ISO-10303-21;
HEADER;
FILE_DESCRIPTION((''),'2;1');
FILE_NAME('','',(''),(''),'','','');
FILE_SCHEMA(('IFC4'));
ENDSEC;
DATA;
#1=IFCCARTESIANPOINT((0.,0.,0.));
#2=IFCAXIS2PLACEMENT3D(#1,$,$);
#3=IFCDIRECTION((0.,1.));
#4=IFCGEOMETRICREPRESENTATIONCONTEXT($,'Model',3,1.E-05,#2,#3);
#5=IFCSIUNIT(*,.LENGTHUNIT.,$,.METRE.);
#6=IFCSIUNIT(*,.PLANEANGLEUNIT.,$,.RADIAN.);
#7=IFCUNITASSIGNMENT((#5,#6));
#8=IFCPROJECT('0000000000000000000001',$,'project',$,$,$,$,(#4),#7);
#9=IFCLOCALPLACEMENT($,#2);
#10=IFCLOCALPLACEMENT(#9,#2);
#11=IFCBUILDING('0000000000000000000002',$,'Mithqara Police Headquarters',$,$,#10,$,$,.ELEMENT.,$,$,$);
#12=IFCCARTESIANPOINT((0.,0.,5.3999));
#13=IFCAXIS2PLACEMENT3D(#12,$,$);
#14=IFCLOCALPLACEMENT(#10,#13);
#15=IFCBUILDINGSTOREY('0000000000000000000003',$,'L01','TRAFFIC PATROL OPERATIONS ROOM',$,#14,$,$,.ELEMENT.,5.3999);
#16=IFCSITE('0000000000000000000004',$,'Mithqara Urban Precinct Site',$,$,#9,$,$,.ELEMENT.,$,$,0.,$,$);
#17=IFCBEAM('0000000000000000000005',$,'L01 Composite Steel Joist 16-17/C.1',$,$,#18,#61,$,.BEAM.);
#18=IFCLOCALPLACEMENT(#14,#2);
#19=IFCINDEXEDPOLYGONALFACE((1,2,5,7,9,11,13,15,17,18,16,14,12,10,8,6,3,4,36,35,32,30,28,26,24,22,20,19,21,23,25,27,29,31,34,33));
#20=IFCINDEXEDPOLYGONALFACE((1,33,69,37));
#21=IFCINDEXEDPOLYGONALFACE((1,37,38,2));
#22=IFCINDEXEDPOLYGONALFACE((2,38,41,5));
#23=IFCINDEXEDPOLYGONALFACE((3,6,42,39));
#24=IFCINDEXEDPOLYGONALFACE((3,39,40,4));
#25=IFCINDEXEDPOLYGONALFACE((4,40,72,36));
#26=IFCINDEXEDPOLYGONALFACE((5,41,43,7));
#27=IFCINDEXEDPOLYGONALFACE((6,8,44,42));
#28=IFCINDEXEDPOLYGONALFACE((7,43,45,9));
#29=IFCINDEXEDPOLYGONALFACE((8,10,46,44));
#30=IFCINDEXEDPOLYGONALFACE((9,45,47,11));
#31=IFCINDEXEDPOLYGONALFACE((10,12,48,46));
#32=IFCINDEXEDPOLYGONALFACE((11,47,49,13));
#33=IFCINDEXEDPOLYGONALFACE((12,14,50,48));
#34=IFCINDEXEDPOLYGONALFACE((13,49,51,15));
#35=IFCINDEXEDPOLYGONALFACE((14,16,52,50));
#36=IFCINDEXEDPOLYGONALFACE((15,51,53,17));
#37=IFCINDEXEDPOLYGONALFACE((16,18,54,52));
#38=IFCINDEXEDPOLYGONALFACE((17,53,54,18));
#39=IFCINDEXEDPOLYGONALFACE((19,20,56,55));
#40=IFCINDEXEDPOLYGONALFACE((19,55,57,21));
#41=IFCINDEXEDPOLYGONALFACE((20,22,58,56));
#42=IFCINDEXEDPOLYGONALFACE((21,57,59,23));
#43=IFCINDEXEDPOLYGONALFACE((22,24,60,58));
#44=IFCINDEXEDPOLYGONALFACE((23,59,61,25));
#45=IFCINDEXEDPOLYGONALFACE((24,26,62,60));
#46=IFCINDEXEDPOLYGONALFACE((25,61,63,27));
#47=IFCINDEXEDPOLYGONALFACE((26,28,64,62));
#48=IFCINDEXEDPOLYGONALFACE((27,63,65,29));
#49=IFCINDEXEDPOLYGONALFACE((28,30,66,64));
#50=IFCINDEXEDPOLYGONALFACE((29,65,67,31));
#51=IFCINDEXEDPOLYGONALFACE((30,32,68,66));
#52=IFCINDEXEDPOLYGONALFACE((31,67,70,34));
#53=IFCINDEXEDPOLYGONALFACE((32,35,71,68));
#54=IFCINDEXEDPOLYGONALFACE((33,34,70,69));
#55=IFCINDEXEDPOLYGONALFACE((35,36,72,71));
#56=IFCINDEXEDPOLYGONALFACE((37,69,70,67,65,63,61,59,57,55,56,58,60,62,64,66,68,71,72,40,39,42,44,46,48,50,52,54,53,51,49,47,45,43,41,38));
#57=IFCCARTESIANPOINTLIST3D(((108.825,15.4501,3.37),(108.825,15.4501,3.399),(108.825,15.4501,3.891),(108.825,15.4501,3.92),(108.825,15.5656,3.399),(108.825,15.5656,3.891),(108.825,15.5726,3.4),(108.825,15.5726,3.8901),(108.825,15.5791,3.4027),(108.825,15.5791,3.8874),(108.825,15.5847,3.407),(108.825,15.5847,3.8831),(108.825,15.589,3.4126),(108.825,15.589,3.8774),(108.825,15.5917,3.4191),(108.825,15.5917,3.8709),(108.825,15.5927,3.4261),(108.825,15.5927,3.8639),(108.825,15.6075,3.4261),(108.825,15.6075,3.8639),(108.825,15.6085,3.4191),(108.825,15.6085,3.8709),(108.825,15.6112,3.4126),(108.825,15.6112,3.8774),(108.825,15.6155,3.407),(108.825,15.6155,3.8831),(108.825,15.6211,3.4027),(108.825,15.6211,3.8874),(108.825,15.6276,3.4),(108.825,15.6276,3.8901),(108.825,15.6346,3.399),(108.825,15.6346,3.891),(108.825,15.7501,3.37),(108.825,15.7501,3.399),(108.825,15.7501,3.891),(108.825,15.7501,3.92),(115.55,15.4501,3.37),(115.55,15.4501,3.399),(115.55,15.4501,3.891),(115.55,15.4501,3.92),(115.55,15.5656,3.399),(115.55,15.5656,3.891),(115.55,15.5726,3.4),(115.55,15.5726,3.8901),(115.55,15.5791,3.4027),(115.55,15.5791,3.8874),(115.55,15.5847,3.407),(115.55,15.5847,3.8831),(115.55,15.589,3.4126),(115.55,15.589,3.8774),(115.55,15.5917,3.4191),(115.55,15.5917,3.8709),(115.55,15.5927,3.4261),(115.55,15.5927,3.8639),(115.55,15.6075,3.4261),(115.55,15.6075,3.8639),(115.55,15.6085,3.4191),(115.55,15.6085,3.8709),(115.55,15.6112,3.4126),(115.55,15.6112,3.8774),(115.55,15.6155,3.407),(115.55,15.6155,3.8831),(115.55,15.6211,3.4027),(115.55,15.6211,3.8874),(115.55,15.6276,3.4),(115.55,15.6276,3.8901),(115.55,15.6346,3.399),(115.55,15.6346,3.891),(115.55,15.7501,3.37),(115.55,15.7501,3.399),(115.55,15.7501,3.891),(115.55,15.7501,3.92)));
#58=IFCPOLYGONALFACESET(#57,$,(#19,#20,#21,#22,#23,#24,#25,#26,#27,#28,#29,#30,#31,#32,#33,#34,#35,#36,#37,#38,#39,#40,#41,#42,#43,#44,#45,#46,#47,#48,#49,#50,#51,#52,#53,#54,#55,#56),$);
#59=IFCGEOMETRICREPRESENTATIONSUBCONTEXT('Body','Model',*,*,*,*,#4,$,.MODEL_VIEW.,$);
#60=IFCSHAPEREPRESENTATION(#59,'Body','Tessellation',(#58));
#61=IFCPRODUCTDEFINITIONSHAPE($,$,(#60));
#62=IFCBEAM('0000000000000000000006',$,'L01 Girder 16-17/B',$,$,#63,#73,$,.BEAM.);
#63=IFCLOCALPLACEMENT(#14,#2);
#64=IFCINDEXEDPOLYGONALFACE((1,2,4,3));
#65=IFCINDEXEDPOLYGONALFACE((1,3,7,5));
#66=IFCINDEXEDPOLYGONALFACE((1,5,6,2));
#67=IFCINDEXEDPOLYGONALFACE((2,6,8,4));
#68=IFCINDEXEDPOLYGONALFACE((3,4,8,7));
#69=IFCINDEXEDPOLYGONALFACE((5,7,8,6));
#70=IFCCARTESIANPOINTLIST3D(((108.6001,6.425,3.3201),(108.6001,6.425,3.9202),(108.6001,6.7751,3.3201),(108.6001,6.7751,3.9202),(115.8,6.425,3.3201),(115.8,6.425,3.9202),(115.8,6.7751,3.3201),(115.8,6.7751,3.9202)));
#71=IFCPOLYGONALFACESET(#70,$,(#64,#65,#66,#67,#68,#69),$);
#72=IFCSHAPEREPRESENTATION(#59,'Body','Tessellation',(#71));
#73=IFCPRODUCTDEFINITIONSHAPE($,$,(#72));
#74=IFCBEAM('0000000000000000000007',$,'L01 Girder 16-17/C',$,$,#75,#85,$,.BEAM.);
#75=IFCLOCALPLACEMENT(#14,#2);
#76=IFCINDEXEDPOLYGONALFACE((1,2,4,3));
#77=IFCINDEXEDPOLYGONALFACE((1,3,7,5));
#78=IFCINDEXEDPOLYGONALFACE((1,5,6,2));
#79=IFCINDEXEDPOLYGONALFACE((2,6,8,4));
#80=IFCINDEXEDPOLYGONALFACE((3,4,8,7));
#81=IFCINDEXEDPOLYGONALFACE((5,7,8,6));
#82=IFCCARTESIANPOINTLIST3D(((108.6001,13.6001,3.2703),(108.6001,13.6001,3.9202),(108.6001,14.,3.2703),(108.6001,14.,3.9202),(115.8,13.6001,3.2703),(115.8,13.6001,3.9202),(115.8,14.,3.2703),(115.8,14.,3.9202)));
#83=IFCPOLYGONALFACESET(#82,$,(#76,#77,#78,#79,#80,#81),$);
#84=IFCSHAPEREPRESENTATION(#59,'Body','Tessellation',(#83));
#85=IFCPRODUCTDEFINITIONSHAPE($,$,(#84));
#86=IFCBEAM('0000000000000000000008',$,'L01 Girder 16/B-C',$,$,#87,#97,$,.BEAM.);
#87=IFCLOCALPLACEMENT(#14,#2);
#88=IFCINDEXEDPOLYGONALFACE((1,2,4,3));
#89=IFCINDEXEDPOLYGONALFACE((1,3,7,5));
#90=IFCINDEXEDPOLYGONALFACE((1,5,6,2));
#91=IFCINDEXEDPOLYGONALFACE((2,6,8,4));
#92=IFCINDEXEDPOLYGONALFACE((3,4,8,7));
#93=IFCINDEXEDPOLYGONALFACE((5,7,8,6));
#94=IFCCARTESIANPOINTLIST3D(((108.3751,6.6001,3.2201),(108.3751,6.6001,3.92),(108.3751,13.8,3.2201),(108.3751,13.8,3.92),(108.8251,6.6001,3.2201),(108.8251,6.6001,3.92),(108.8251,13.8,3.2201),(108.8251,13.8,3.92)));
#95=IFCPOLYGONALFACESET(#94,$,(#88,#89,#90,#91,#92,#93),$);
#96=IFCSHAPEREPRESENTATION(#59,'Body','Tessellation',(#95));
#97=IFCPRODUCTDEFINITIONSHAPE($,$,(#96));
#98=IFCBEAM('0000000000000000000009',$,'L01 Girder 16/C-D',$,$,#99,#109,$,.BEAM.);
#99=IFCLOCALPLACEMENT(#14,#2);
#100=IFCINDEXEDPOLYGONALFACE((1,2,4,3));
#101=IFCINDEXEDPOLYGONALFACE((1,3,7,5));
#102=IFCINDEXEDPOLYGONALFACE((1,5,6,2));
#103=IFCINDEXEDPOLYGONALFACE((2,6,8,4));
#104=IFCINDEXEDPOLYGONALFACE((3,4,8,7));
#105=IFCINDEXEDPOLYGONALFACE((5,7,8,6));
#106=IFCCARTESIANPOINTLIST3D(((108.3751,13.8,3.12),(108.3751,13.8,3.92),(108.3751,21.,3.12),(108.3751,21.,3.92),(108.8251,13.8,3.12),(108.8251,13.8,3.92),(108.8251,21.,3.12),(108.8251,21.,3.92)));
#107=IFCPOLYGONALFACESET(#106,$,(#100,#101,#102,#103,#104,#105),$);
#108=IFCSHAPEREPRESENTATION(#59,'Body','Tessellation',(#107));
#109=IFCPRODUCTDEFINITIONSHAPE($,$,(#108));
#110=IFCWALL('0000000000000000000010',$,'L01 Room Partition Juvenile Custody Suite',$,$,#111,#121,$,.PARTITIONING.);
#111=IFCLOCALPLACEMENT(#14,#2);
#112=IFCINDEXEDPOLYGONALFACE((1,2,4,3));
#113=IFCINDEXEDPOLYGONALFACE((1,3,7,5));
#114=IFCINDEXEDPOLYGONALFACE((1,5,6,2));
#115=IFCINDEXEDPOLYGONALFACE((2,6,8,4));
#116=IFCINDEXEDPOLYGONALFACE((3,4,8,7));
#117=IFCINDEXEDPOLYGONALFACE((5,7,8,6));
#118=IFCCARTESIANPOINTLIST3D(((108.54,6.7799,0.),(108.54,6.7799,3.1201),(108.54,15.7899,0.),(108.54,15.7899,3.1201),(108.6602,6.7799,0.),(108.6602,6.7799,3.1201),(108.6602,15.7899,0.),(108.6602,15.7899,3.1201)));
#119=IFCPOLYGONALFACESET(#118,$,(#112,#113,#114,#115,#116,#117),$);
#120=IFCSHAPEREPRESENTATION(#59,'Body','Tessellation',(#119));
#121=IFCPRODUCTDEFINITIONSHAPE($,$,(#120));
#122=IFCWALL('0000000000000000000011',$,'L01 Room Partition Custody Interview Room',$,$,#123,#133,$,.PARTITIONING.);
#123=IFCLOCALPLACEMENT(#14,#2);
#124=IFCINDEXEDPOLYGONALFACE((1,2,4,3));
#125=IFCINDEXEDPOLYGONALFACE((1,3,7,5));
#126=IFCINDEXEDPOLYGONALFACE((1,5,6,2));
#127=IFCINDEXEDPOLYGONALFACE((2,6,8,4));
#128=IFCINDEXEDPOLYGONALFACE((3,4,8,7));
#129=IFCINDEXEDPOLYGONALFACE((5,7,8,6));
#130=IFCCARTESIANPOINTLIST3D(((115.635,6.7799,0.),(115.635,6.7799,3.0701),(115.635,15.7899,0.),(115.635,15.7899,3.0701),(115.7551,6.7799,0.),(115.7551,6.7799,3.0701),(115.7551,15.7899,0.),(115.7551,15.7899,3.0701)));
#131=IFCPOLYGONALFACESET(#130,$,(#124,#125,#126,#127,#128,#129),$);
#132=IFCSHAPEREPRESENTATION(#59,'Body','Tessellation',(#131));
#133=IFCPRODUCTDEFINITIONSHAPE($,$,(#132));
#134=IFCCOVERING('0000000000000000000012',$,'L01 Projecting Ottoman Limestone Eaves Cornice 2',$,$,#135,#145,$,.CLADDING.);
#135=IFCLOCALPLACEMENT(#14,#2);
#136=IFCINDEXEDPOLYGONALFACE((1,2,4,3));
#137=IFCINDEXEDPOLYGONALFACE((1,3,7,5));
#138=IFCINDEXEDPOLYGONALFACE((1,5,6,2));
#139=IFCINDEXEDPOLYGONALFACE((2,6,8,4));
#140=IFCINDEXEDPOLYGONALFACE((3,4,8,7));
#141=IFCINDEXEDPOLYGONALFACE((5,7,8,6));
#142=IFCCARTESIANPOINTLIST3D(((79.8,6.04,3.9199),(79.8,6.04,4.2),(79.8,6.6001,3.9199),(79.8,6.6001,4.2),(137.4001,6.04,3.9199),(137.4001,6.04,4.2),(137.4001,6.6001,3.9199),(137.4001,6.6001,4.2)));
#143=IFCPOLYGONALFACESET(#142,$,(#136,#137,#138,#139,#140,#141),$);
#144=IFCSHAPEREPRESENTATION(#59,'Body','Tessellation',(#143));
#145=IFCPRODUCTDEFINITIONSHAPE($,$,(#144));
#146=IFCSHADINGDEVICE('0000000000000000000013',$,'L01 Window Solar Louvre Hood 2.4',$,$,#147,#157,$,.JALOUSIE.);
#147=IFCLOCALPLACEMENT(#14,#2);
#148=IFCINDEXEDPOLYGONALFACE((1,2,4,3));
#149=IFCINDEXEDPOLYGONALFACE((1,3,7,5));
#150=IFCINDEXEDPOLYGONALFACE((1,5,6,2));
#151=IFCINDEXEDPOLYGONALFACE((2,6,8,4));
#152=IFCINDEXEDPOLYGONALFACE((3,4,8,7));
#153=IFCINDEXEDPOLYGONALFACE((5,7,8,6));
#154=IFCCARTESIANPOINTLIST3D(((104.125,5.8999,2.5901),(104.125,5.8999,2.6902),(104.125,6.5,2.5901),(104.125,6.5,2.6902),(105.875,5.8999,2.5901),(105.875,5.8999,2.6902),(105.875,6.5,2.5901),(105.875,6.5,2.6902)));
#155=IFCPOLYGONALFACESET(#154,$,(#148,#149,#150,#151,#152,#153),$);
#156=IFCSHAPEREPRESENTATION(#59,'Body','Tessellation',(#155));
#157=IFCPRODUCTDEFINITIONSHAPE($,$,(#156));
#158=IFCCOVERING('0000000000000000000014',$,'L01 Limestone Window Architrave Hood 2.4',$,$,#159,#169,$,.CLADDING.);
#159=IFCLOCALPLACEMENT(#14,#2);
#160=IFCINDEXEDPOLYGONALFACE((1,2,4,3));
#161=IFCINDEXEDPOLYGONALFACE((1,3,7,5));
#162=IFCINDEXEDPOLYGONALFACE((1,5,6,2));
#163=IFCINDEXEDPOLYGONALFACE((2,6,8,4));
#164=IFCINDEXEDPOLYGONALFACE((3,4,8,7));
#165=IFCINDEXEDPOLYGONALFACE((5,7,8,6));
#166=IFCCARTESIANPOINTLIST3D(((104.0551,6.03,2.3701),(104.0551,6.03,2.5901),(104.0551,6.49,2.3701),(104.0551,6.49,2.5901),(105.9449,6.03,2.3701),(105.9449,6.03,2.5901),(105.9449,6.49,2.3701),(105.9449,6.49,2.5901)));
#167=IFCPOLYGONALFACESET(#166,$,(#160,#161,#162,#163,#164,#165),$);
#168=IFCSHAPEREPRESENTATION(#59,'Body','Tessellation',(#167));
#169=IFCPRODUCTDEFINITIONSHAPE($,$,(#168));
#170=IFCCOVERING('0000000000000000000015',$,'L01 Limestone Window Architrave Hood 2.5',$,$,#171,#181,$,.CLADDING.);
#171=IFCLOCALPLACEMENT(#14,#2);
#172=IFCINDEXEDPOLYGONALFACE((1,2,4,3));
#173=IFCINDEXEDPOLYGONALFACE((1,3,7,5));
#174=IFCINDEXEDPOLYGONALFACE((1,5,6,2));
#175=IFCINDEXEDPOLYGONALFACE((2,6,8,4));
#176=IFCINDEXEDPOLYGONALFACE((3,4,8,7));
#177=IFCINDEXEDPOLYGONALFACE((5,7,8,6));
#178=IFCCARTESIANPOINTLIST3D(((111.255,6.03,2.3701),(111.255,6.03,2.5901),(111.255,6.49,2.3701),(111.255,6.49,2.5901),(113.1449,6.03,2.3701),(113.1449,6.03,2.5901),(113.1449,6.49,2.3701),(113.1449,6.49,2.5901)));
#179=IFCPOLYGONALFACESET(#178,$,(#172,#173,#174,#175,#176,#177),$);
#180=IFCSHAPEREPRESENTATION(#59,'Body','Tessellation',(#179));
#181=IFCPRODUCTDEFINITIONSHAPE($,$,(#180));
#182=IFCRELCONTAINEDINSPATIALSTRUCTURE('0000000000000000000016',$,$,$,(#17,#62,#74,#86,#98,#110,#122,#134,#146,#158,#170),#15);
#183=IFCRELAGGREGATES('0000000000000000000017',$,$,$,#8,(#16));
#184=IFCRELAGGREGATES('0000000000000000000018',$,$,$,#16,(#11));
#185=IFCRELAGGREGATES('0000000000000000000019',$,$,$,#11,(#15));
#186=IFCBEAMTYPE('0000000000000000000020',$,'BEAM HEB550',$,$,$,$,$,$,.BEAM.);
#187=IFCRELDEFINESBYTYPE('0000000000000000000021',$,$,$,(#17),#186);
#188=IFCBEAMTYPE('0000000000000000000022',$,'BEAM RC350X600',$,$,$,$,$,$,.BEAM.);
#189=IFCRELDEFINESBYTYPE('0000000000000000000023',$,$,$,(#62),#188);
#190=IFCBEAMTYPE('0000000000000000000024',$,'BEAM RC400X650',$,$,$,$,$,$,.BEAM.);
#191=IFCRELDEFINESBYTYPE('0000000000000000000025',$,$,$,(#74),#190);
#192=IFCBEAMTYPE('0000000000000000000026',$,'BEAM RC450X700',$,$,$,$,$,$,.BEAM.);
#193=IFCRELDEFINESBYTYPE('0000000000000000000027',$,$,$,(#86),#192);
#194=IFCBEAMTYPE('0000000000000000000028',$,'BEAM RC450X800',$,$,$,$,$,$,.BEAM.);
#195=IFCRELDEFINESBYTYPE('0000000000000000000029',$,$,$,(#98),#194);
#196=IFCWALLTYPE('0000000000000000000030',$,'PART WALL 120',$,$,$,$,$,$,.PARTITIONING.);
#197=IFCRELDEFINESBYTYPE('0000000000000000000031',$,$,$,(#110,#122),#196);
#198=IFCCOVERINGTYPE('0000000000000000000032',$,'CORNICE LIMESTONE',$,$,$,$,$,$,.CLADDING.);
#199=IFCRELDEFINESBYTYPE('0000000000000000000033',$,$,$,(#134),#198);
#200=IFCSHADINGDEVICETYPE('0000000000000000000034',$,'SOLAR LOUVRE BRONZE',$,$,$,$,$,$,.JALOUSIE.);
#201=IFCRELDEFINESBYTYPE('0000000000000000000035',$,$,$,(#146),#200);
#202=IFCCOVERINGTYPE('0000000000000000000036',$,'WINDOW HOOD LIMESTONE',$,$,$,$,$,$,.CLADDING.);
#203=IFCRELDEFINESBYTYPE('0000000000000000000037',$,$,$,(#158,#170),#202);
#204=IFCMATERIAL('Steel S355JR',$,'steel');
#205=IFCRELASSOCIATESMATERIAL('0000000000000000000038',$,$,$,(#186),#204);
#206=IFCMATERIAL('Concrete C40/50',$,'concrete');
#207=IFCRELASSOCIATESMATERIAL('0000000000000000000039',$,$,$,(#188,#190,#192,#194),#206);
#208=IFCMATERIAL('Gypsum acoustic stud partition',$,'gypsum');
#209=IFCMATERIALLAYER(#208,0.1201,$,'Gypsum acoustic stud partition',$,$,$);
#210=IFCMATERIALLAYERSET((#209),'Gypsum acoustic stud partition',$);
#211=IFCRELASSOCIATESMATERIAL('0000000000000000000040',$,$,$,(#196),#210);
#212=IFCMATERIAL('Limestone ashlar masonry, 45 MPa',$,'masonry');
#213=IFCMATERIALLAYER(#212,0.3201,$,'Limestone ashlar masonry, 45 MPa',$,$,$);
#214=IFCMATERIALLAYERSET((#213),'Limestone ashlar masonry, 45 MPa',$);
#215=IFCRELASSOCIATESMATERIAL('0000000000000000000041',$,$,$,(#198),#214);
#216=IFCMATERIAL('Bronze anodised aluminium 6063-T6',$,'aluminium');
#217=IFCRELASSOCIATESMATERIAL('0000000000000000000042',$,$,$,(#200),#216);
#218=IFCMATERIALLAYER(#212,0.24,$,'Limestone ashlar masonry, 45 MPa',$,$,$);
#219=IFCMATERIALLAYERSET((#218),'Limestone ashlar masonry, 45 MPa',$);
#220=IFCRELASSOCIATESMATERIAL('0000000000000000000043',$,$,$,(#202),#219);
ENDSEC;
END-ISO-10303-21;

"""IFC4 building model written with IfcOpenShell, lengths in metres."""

from ifc_helpers import new_model, si_unit, direction, frame, frame_2d, origin, origin_2d, place, context, subcontext, project, spatial, rectangle, i_section, extrude, material, layer, layer_set, material_profile, profile_set, type_object, element, save


model = new_model("IFC4")

# Units and contexts
model_context = context("Model", 3, precision=1e-05, world=origin(), true_north=direction((0.0, 1.0)))
body_context = subcontext(model_context, "Body", "Model", "MODEL_VIEW")
ifc_project = project(units=[si_unit("LENGTHUNIT", "METRE"), si_unit("PLANEANGLEUNIT", "RADIAN")], contexts=[model_context])

# Site, building, storey
site_placement = place(None, origin())
site = spatial("IfcSite", under=ifc_project, at=site_placement, Name="Mithqara Urban Precinct Site", CompositionType="ELEMENT", RefElevation=0.0)
building_placement = place(site_placement, origin())
building = spatial("IfcBuilding", under=site, at=building_placement, Name="Mithqara Police Headquarters", CompositionType="ELEMENT")
storey_placement = place(building_placement, frame((0.0, 0.0, 5.3999)))
storey = spatial("IfcBuildingStorey", under=building, at=storey_placement, Name="L01", Description="TRAFFIC PATROL OPERATIONS ROOM", CompositionType="ELEMENT", Elevation=5.3999)

# Beams
ifc_material_1 = material(Name="Steel S355JR", Category="steel")
ifc_material_profile_1 = material_profile(ifc_material_1, i_section(OverallWidth=0.3, OverallDepth=0.55, WebThickness=0.0149, FlangeThickness=0.0291, FilletRadius=0.0271, at=origin_2d()), Name="HEB 550")
ifc_profile_set_1 = profile_set([ifc_material_profile_1], Name="Steel S355JR")
beam_type_1 = type_object("IfcBeamType", Name="BEAM HEB550", PredefinedType="BEAM", material=ifc_profile_set_1)
beam_1_placement = place(storey_placement, frame((108.825, 15.6001, 3.645), z_axis=(1.0, 0.0, 0.0), x_axis=(0.0, 1.0, 0.0)))
element("IfcBeam", 1, at=beam_1_placement, inside=storey, type_object=beam_type_1, Name="L01 Composite Steel Joist 16-17/C.1", PredefinedType="BEAM", context=body_context, shape_type="SweptSolid", body=[
    extrude(i_section(OverallWidth=0.3, OverallDepth=0.55, WebThickness=0.0149, FlangeThickness=0.0291, FilletRadius=0.0271, at=origin_2d()), origin(), (0.0, 0.0, 1.0), 6.7251),
])
ifc_material_2 = material(Name="Concrete C40/50", Category="concrete")
ifc_material_profile_2 = material_profile(ifc_material_2, rectangle(XDim=0.3501, YDim=0.6001, at=origin_2d()), Name="RC 350x600")
ifc_profile_set_2 = profile_set([ifc_material_profile_2], Name="Concrete C40/50")
beam_type_2 = type_object("IfcBeamType", Name="BEAM RC350X600", PredefinedType="BEAM", material=ifc_profile_set_2)
beam_2_placement = place(storey_placement, frame((108.6001, 6.6001, 3.6201), z_axis=(1.0, 0.0, 0.0), x_axis=(0.0, 1.0, 0.0)))
element("IfcBeam", 2, at=beam_2_placement, inside=storey, type_object=beam_type_2, Name="L01 Girder 16-17/B", PredefinedType="BEAM", context=body_context, shape_type="SweptSolid", body=[
    extrude(rectangle(XDim=0.3501, YDim=0.6001, at=origin_2d()), origin(), (0.0, 0.0, 1.0), 7.2),
])
ifc_material_profile_3 = material_profile(ifc_material_2, rectangle(XDim=0.3999, YDim=0.6499, at=origin_2d()), Name="RC 400x650")
ifc_profile_set_3 = profile_set([ifc_material_profile_3], Name="Concrete C40/50")
beam_type_3 = type_object("IfcBeamType", Name="BEAM RC400X650", PredefinedType="BEAM", material=ifc_profile_set_3)
beam_3_placement = place(storey_placement, frame((108.6001, 13.8, 3.5952), z_axis=(1.0, 0.0, 0.0), x_axis=(0.0, 1.0, 0.0)))
element("IfcBeam", 3, at=beam_3_placement, inside=storey, type_object=beam_type_3, Name="L01 Girder 16-17/C", PredefinedType="BEAM", context=body_context, shape_type="SweptSolid", body=[
    extrude(rectangle(XDim=0.3999, YDim=0.6499, at=origin_2d()), origin(), (0.0, 0.0, 1.0), 7.2),
])
ifc_material_profile_4 = material_profile(ifc_material_2, rectangle(XDim=0.45, YDim=0.7, at=origin_2d()), Name="RC 450x700")
ifc_profile_set_4 = profile_set([ifc_material_profile_4], Name="Concrete C40/50")
beam_type_4 = type_object("IfcBeamType", Name="BEAM RC450X700", PredefinedType="BEAM", material=ifc_profile_set_4)
beam_4_placement = place(storey_placement, frame((108.6001, 6.6001, 3.5701), z_axis=(0.0, 1.0, 0.0), x_axis=(-1.0, 0.0, 0.0)))
element("IfcBeam", 4, at=beam_4_placement, inside=storey, type_object=beam_type_4, Name="L01 Girder 16/B-C", PredefinedType="BEAM", context=body_context, shape_type="SweptSolid", body=[
    extrude(rectangle(XDim=0.45, YDim=0.7, at=origin_2d()), origin(), (0.0, 0.0, 1.0), 7.2),
])
ifc_material_profile_5 = material_profile(ifc_material_2, rectangle(XDim=0.45, YDim=0.8, at=origin_2d()), Name="RC 450x800")
ifc_profile_set_5 = profile_set([ifc_material_profile_5], Name="Concrete C40/50")
beam_type_5 = type_object("IfcBeamType", Name="BEAM RC450X800", PredefinedType="BEAM", material=ifc_profile_set_5)
beam_5_placement = place(storey_placement, frame((108.6001, 13.8, 3.52), z_axis=(0.0, 1.0, 0.0), x_axis=(-1.0, 0.0, 0.0)))
element("IfcBeam", 5, at=beam_5_placement, inside=storey, type_object=beam_type_5, Name="L01 Girder 16/C-D", PredefinedType="BEAM", context=body_context, shape_type="SweptSolid", body=[
    extrude(rectangle(XDim=0.45, YDim=0.8, at=origin_2d()), origin(), (0.0, 0.0, 1.0), 7.2),
])

# Walls
ifc_material_3 = material(Name="Gypsum acoustic stud partition", Category="gypsum")
ifc_layer_1 = layer(ifc_material_3, 0.1201, Name="Gypsum acoustic stud partition")
ifc_layer_set_1 = layer_set([ifc_layer_1], Name="Gypsum acoustic stud partition")
wall_type = type_object("IfcWallType", Name="PART WALL 120", PredefinedType="PARTITIONING", material=ifc_layer_set_1)
wall_1_placement = place(storey_placement, frame((108.6001, 6.78, 0.0), z_axis=(0.0, 0.0, 1.0), x_axis=(0.0, 1.0, 0.0)))
element("IfcWall", 6, at=wall_1_placement, inside=storey, type_object=wall_type, Name="L01 Room Partition Juvenile Custody Suite", PredefinedType="PARTITIONING", context=body_context, shape_type="SweptSolid", body=[
    extrude(rectangle(XDim=9.01, YDim=0.1201, at=frame_2d((4.5049, 0.0))), origin(), (0.0, 0.0, 1.0), 3.1201),
])
wall_2_placement = place(storey_placement, frame((115.6951, 6.78, 0.0), z_axis=(0.0, 0.0, 1.0), x_axis=(0.0, 1.0, 0.0)))
element("IfcWall", 7, at=wall_2_placement, inside=storey, type_object=wall_type, Name="L01 Room Partition Custody Interview Room", PredefinedType="PARTITIONING", context=body_context, shape_type="SweptSolid", body=[
    extrude(rectangle(XDim=9.01, YDim=0.1201, at=frame_2d((4.5049, 0.0))), origin(), (0.0, 0.0, 1.0), 3.0701),
])

# Covering
ifc_material_4 = material(Name="Limestone ashlar masonry, 45 MPa", Category="masonry")
ifc_layer_2 = layer(ifc_material_4, 0.3201, Name="Limestone ashlar masonry, 45 MPa")
ifc_layer_set_2 = layer_set([ifc_layer_2], Name="Limestone ashlar masonry, 45 MPa")
covering_type_1 = type_object("IfcCoveringType", Name="CORNICE LIMESTONE", PredefinedType="CLADDING", material=ifc_layer_set_2)
covering_placement = place(storey_placement, frame((108.6001, 6.3201, 3.9199), z_axis=(0.0, 0.0, 1.0), x_axis=(1.0, 0.0, 0.0)))
element("IfcCovering", 8, at=covering_placement, inside=storey, type_object=covering_type_1, Name="L01 Projecting Ottoman Limestone Eaves Cornice 2", PredefinedType="CLADDING", context=body_context, shape_type="SweptSolid", body=[
    extrude(rectangle(XDim=57.6001, YDim=0.5601, at=origin_2d()), origin(), (0.0, 0.0, 1.0), 0.28),
])

# Shading device
ifc_material_5 = material(Name="Bronze anodised aluminium 6063-T6", Category="aluminium")
shading_device_type = type_object("IfcShadingDeviceType", Name="SOLAR LOUVRE BRONZE", PredefinedType="JALOUSIE", material=ifc_material_5)
shading_device_placement = place(storey_placement, frame((105.0, 6.2, 2.5901), z_axis=(0.0, 0.0, 1.0), x_axis=(1.0, 0.0, 0.0)))
element("IfcShadingDevice", 9, at=shading_device_placement, inside=storey, type_object=shading_device_type, Name="L01 Window Solar Louvre Hood 2.4", PredefinedType="JALOUSIE", context=body_context, shape_type="SweptSolid", body=[
    extrude(rectangle(XDim=1.75, YDim=0.6001, at=origin_2d()), origin(), (0.0, 0.0, 1.0), 0.1001),
])

# Coverings
ifc_layer_3 = layer(ifc_material_4, 0.24, Name="Limestone ashlar masonry, 45 MPa")
ifc_layer_set_3 = layer_set([ifc_layer_3], Name="Limestone ashlar masonry, 45 MPa")
covering_type_2 = type_object("IfcCoveringType", Name="WINDOW HOOD LIMESTONE", PredefinedType="CLADDING", material=ifc_layer_set_3)
for number, where, z_axis, x_axis, name in (
    (10, (105.0, 6.26, 2.3701), (0.0, 0.0, 1.0), (1.0, 0.0, 0.0), "L01 Limestone Window Architrave Hood 2.4"),
    (11, (112.2, 6.26, 2.3701), (0.0, 0.0, 1.0), (1.0, 0.0, 0.0), "L01 Limestone Window Architrave Hood 2.5"),
):
    element("IfcCovering", number, at=place(storey_placement, frame(where, z_axis=z_axis, x_axis=x_axis)), inside=storey, type_object=covering_type_2, Name=name, PredefinedType="CLADDING", context=body_context, shape_type="SweptSolid", body=[
        extrude(rectangle(XDim=1.8899, YDim=0.46, at=origin_2d()), origin(), (0.0, 0.0, 1.0), 0.22),
    ])

save(model, "model.ifc")
